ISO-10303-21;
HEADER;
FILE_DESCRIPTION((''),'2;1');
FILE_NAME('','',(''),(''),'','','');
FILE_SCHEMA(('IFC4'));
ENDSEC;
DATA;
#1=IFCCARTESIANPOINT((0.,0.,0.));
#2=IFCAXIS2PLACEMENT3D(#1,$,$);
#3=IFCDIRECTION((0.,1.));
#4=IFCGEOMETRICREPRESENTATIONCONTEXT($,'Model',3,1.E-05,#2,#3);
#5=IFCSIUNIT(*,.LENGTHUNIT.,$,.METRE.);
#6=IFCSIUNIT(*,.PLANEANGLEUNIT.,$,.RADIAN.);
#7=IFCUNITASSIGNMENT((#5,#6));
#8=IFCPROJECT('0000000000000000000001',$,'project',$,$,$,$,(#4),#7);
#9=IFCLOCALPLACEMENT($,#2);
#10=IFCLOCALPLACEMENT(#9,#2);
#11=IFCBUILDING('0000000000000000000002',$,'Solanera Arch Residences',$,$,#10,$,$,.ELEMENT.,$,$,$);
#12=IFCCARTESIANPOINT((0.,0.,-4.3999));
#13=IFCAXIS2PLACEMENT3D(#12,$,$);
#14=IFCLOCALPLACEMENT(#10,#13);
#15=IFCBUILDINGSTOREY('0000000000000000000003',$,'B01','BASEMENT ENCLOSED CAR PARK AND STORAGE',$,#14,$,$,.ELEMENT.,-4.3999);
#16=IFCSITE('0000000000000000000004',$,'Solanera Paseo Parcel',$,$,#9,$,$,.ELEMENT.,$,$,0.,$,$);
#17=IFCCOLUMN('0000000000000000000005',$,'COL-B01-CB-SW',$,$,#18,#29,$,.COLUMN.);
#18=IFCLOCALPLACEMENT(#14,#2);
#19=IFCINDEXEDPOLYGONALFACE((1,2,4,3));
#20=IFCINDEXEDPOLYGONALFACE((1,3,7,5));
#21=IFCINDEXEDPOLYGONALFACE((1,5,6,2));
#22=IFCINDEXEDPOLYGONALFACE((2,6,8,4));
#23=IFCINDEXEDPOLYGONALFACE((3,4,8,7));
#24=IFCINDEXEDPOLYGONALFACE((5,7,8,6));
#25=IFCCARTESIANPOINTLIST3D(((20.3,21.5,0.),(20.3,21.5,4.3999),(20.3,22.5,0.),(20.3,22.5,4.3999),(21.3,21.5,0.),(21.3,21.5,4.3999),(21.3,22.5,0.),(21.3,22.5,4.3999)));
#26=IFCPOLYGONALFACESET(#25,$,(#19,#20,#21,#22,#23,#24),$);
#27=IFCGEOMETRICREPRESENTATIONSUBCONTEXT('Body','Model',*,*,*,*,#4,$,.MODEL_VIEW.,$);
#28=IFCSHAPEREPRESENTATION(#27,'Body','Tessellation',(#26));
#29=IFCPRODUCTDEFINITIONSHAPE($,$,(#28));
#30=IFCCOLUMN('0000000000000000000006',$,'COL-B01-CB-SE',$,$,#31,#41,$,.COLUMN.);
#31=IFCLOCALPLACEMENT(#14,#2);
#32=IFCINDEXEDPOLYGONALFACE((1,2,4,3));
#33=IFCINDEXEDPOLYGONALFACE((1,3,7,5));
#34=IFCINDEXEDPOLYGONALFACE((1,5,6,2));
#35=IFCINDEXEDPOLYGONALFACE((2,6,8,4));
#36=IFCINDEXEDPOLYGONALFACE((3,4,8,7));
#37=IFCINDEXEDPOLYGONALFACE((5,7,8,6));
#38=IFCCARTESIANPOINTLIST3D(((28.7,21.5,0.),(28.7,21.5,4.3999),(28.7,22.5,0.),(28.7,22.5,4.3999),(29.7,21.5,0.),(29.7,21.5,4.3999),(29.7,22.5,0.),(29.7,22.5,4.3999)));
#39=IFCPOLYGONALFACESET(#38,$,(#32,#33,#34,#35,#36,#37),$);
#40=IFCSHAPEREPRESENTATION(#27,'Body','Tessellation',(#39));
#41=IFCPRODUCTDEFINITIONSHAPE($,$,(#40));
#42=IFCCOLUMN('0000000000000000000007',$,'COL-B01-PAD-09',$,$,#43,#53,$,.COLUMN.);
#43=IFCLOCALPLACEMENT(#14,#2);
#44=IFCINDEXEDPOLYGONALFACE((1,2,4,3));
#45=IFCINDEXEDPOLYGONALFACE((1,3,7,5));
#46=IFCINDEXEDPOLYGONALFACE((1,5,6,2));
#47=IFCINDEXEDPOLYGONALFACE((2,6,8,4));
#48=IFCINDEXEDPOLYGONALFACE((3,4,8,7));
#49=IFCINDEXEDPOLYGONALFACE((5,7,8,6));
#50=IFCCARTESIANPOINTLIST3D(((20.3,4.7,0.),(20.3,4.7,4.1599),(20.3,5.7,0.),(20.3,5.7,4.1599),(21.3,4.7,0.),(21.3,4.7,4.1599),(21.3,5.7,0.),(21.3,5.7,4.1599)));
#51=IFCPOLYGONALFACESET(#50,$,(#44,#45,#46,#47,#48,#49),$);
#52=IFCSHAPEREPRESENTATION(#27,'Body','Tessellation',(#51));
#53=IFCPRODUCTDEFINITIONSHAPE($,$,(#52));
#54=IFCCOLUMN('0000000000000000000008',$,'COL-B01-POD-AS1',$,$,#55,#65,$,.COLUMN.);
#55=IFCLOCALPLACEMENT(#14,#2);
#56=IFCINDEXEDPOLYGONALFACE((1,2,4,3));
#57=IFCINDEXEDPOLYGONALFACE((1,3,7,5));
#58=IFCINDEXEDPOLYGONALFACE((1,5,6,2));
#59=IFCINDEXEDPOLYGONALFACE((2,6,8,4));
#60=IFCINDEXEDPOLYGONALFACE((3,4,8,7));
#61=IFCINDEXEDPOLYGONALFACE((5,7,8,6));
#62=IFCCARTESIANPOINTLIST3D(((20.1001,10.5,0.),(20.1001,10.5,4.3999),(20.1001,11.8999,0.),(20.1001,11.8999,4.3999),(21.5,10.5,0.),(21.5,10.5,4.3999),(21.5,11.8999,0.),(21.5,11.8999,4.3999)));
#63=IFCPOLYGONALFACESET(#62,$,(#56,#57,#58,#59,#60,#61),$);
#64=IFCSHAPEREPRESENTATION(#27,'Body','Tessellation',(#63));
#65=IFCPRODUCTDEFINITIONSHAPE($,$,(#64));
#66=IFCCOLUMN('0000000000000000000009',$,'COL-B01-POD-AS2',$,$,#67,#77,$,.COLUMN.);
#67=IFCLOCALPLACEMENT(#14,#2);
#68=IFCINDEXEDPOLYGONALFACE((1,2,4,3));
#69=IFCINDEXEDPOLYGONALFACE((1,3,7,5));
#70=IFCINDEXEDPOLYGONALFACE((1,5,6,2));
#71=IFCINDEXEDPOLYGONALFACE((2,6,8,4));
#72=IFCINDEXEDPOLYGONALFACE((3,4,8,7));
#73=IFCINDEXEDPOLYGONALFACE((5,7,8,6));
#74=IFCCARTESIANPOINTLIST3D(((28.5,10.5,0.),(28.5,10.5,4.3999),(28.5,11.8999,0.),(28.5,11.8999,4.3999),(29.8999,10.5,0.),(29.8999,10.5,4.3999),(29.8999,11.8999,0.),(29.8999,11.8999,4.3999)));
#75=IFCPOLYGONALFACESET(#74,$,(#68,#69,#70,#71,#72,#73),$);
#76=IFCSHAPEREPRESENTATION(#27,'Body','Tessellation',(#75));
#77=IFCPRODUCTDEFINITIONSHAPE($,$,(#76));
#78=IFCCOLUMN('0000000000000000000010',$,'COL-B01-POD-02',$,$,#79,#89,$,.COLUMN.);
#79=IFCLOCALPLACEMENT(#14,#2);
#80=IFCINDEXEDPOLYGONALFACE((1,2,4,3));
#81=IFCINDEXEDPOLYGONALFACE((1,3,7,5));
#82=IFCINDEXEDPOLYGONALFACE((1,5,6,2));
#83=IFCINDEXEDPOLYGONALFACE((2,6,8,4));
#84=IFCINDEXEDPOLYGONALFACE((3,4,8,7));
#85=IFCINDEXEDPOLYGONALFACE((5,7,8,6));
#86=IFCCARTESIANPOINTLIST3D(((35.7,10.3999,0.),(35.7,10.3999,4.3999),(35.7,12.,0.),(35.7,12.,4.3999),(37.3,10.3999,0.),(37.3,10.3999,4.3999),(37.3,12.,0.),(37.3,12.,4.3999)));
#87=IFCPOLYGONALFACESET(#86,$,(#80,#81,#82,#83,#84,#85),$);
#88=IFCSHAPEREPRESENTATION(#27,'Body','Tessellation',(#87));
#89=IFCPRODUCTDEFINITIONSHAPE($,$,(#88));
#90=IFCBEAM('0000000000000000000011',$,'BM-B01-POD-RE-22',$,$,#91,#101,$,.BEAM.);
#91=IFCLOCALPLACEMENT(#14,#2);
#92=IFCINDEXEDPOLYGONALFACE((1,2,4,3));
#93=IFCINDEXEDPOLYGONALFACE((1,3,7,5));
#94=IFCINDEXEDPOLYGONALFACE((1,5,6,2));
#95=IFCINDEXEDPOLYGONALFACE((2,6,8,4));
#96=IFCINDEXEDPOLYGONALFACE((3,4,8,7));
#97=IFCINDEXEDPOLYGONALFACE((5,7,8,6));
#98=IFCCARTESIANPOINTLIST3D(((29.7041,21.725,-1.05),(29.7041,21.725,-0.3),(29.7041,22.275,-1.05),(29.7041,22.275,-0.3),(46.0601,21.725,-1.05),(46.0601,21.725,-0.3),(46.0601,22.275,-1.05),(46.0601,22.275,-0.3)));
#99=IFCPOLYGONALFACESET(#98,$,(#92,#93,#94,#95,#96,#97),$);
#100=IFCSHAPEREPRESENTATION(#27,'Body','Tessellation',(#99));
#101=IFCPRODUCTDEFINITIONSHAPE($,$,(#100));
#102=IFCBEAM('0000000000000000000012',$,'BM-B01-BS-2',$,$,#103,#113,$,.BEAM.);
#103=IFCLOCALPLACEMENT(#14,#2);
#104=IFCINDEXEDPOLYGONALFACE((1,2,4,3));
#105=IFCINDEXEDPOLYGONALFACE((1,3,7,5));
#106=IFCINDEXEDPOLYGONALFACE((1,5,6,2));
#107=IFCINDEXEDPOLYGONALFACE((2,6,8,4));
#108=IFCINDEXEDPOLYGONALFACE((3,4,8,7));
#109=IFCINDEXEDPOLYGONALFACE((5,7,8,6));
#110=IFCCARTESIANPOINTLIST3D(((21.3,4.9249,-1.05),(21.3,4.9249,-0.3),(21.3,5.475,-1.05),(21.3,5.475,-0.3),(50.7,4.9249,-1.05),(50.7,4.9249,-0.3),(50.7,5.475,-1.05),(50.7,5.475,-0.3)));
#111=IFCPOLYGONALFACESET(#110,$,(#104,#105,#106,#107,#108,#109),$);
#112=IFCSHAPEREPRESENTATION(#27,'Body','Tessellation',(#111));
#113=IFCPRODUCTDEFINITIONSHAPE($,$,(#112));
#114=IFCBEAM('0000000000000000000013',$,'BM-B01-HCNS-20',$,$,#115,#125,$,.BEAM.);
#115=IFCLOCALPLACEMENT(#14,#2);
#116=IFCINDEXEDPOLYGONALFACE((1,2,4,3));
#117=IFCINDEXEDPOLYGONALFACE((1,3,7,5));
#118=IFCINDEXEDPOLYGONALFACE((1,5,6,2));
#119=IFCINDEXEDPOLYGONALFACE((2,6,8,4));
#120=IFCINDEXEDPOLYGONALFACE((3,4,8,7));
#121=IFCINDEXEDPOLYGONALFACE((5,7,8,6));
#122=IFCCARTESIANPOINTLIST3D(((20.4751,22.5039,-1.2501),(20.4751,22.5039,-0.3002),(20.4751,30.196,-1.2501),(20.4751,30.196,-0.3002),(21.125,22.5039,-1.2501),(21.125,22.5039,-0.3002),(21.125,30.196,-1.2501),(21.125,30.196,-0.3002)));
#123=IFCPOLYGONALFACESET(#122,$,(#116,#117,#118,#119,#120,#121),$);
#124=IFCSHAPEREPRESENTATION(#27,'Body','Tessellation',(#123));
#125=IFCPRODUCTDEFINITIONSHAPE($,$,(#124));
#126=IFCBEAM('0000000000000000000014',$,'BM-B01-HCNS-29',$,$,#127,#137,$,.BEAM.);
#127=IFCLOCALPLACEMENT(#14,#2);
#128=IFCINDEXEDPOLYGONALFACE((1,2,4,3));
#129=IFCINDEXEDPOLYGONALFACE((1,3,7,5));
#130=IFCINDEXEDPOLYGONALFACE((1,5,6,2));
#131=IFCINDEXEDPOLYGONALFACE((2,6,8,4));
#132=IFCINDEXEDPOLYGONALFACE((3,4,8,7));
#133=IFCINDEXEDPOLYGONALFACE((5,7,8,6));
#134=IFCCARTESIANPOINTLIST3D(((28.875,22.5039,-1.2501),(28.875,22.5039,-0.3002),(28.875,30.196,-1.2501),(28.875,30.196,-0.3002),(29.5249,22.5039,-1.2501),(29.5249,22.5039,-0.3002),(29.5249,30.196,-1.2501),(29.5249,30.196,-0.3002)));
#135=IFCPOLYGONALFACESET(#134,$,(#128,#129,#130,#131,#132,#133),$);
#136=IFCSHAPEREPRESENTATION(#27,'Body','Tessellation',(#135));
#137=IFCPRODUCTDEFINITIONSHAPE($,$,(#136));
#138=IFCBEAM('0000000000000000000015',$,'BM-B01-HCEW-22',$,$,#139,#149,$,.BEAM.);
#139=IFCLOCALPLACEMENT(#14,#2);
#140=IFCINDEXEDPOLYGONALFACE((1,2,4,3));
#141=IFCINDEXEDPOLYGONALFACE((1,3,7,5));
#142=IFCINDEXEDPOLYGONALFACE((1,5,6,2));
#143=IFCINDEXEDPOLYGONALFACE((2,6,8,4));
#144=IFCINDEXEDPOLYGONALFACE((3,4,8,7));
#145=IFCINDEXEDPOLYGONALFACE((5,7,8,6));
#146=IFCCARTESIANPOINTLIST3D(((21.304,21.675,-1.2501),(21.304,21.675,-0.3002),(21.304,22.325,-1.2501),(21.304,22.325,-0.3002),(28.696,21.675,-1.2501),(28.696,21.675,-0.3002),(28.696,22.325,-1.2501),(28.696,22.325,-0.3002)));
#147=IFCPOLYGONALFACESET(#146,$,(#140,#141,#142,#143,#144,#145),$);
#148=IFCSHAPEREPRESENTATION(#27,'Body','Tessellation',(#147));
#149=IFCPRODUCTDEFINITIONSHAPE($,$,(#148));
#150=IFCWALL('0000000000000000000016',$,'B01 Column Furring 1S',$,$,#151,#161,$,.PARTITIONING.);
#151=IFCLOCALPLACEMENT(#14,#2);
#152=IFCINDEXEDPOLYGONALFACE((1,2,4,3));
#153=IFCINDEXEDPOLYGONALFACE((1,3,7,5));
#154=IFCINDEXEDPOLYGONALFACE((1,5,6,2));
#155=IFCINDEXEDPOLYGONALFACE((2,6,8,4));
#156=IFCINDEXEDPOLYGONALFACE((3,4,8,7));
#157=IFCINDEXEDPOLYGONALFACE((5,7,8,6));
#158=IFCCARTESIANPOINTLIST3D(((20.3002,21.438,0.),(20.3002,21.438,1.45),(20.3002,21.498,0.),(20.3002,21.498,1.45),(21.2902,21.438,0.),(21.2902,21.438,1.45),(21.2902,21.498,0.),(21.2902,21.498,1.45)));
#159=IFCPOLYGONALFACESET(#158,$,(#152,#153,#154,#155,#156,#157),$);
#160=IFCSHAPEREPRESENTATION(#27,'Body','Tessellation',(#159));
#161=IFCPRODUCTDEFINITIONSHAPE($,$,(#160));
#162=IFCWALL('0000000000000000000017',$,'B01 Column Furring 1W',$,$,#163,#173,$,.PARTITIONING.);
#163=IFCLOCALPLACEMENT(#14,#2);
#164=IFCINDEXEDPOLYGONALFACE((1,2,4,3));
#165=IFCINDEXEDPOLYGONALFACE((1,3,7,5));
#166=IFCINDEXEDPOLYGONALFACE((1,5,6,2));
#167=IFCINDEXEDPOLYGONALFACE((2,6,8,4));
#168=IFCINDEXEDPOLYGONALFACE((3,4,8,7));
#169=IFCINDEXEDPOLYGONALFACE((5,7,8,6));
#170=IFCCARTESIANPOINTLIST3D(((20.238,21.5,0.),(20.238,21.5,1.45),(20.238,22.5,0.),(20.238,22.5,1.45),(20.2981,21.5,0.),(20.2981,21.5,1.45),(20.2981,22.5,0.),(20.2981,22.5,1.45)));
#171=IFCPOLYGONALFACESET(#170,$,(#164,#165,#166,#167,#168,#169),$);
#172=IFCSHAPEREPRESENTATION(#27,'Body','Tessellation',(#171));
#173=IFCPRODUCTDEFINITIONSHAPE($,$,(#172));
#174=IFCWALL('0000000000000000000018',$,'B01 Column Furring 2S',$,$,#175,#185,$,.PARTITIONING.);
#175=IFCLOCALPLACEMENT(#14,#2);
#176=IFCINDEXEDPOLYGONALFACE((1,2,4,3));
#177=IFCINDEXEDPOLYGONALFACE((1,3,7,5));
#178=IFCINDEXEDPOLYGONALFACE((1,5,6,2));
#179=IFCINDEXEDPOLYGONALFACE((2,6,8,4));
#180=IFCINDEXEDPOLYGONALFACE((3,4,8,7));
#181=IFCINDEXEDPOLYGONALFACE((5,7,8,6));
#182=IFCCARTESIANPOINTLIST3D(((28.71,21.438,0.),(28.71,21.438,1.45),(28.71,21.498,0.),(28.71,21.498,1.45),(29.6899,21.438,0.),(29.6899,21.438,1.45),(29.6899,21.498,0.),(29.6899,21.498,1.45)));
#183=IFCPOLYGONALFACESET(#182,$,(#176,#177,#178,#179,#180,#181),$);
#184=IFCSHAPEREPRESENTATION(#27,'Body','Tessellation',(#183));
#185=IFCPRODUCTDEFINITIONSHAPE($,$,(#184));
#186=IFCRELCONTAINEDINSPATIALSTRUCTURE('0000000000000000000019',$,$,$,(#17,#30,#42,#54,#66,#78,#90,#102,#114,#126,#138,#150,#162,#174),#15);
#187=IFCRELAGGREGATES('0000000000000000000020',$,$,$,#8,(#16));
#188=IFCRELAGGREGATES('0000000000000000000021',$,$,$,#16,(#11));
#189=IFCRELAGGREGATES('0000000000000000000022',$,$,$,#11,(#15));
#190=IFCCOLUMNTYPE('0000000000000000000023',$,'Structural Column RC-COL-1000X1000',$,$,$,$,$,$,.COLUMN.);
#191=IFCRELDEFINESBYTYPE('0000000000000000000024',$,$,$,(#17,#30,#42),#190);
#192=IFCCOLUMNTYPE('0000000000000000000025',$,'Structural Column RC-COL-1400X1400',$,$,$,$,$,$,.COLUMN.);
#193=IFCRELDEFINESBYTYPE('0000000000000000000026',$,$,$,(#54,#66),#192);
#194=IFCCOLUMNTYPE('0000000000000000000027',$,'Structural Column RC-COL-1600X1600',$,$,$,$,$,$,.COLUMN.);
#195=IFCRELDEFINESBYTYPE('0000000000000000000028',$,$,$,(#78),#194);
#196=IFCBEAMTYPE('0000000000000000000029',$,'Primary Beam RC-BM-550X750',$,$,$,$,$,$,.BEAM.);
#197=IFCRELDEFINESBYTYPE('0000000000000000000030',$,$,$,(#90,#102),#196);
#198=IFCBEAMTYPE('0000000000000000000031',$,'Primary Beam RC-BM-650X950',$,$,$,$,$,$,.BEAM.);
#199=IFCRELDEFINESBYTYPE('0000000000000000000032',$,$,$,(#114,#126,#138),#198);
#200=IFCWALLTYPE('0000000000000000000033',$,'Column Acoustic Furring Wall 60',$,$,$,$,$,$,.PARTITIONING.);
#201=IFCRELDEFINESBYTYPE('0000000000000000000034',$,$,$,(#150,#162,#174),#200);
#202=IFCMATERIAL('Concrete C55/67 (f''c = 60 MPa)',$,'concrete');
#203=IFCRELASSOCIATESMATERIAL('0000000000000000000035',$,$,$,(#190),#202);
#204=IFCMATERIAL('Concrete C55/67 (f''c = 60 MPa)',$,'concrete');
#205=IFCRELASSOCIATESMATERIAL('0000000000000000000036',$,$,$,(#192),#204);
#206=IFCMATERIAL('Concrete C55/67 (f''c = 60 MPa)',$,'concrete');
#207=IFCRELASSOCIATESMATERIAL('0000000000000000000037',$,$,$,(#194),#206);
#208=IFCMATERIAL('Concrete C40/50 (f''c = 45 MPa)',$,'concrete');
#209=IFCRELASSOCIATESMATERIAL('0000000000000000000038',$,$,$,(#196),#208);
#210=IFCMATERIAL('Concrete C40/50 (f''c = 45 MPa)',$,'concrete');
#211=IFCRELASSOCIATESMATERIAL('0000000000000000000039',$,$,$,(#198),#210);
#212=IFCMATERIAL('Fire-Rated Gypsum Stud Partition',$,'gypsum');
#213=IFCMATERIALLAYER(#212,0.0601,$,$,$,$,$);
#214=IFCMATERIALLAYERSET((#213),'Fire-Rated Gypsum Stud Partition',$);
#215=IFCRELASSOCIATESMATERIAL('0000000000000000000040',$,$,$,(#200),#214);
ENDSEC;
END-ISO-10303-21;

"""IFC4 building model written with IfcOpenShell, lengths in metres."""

from ifc_helpers import new_model, si_unit, direction, frame, frame_2d, origin, origin_2d, place, context, subcontext, project, spatial, rectangle, extrude, material, layer, layer_set, material_profile, profile_set, type_object, element, save


model = new_model("IFC4")

# Units and contexts
model_context = context("Model", 3, precision=1e-05, world=origin(), true_north=direction((0.0, 1.0)))
body_context = subcontext(model_context, "Body", "Model", "MODEL_VIEW")
ifc_project = project(units=[si_unit("LENGTHUNIT", "METRE"), si_unit("PLANEANGLEUNIT", "RADIAN")], contexts=[model_context])

# Site, building, storey
site_placement = place(None, origin())
site = spatial("IfcSite", under=ifc_project, at=site_placement, Name="Solanera Paseo Parcel", CompositionType="ELEMENT", RefElevation=0.0)
building_placement = place(site_placement, origin())
building = spatial("IfcBuilding", under=site, at=building_placement, Name="Solanera Arch Residences", CompositionType="ELEMENT")
storey_placement = place(building_placement, frame((0.0, 0.0, -4.3999)))
storey = spatial("IfcBuildingStorey", under=building, at=storey_placement, Name="B01", Description="BASEMENT ENCLOSED CAR PARK AND STORAGE", CompositionType="ELEMENT", Elevation=-4.3999)

# Columns
ifc_material_1 = material(Name="Concrete C55/67 (f'c = 60 MPa)", Category="concrete")
ifc_material_profile_1 = material_profile(ifc_material_1, rectangle(XDim=1.0, YDim=1.0, at=origin_2d()))
ifc_profile_set_1 = profile_set([ifc_material_profile_1], Name="Concrete C55/67 (f'c = 60 MPa)")
column_type_1 = type_object("IfcColumnType", Name="Structural Column RC-COL-1000X1000", PredefinedType="COLUMN", material=ifc_profile_set_1)
for number, where, z_axis, x_axis, name in (
    (1, (20.8, 22.0, 0.0), (0.0, 0.0, 1.0), (1.0, 0.0, 0.0), "COL-B01-CB-SW"),
    (2, (29.2, 22.0, 0.0), (0.0, 0.0, 1.0), (1.0, 0.0, 0.0), "COL-B01-CB-SE"),
):
    element("IfcColumn", number, at=place(storey_placement, frame(where, z_axis=z_axis, x_axis=x_axis)), inside=storey, type_object=column_type_1, Name=name, PredefinedType="COLUMN", context=body_context, shape_type="SweptSolid", body=[
        extrude(rectangle(XDim=1.0, YDim=1.0, at=origin_2d()), origin(), (0.0, 0.0, 1.0), 4.3999),
    ])
column_1_placement = place(storey_placement, frame((20.8, 5.2, 0.0), z_axis=(0.0, 0.0, 1.0), x_axis=(1.0, 0.0, 0.0)))
element("IfcColumn", 3, at=column_1_placement, inside=storey, type_object=column_type_1, Name="COL-B01-PAD-09", PredefinedType="COLUMN", context=body_context, shape_type="SweptSolid", body=[
    extrude(rectangle(XDim=1.0, YDim=1.0, at=origin_2d()), origin(), (0.0, 0.0, 1.0), 4.1599),
])
ifc_material_2 = material(Name="Concrete C55/67 (f'c = 60 MPa)", Category="concrete")
ifc_material_profile_2 = material_profile(ifc_material_2, rectangle(XDim=1.3999, YDim=1.3999, at=origin_2d()))
ifc_profile_set_2 = profile_set([ifc_material_profile_2], Name="Concrete C55/67 (f'c = 60 MPa)")
column_type_2 = type_object("IfcColumnType", Name="Structural Column RC-COL-1400X1400", PredefinedType="COLUMN", material=ifc_profile_set_2)
for number, where, z_axis, x_axis, name in (
    (4, (20.8, 11.2, 0.0), (0.0, 0.0, 1.0), (1.0, 0.0, 0.0), "COL-B01-POD-AS1"),
    (5, (29.2, 11.2, 0.0), (0.0, 0.0, 1.0), (1.0, 0.0, 0.0), "COL-B01-POD-AS2"),
):
    element("IfcColumn", number, at=place(storey_placement, frame(where, z_axis=z_axis, x_axis=x_axis)), inside=storey, type_object=column_type_2, Name=name, PredefinedType="COLUMN", context=body_context, shape_type="SweptSolid", body=[
        extrude(rectangle(XDim=1.3999, YDim=1.3999, at=origin_2d()), origin(), (0.0, 0.0, 1.0), 4.3999),
    ])
ifc_material_3 = material(Name="Concrete C55/67 (f'c = 60 MPa)", Category="concrete")
ifc_material_profile_3 = material_profile(ifc_material_3, rectangle(XDim=1.6001, YDim=1.6001, at=origin_2d()))
ifc_profile_set_3 = profile_set([ifc_material_profile_3], Name="Concrete C55/67 (f'c = 60 MPa)")
column_type_3 = type_object("IfcColumnType", Name="Structural Column RC-COL-1600X1600", PredefinedType="COLUMN", material=ifc_profile_set_3)
column_2_placement = place(storey_placement, frame((36.5, 11.2, 0.0), z_axis=(0.0, 0.0, 1.0), x_axis=(1.0, 0.0, 0.0)))
element("IfcColumn", 6, at=column_2_placement, inside=storey, type_object=column_type_3, Name="COL-B01-POD-02", PredefinedType="COLUMN", context=body_context, shape_type="SweptSolid", body=[
    extrude(rectangle(XDim=1.6001, YDim=1.6001, at=origin_2d()), origin(), (0.0, 0.0, 1.0), 4.3999),
])

# Beams
ifc_material_4 = material(Name="Concrete C40/50 (f'c = 45 MPa)", Category="concrete")
ifc_material_profile_4 = material_profile(ifc_material_4, rectangle(XDim=0.55, YDim=0.75, at=origin_2d()))
ifc_profile_set_4 = profile_set([ifc_material_profile_4], Name="Concrete C40/50 (f'c = 45 MPa)")
beam_type_1 = type_object("IfcBeamType", Name="Primary Beam RC-BM-550X750", PredefinedType="BEAM", material=ifc_profile_set_4)
beam_1_placement = place(storey_placement, frame((29.7041, 22.0, -0.675), z_axis=(1.0, 0.0, 0.0), x_axis=(0.0, 1.0, 0.0)))
element("IfcBeam", 7, at=beam_1_placement, inside=storey, type_object=beam_type_1, Name="BM-B01-POD-RE-22", PredefinedType="BEAM", context=body_context, shape_type="SweptSolid", body=[
    extrude(rectangle(XDim=0.55, YDim=0.75, at=origin_2d()), origin(), (0.0, 0.0, 1.0), 16.356),
])
beam_2_placement = place(storey_placement, frame((21.3, 5.2, -0.675), z_axis=(1.0, 0.0, 0.0), x_axis=(0.0, 1.0, 0.0)))
element("IfcBeam", 8, at=beam_2_placement, inside=storey, type_object=beam_type_1, Name="BM-B01-BS-2", PredefinedType="BEAM", context=body_context, shape_type="SweptSolid", body=[
    extrude(rectangle(XDim=0.55, YDim=0.75, at=origin_2d()), origin(), (0.0, 0.0, 1.0), 29.3999),
])
ifc_material_5 = material(Name="Concrete C40/50 (f'c = 45 MPa)", Category="concrete")
ifc_material_profile_5 = material_profile(ifc_material_5, rectangle(XDim=0.6499, YDim=0.95, at=origin_2d()))
ifc_profile_set_5 = profile_set([ifc_material_profile_5], Name="Concrete C40/50 (f'c = 45 MPa)")
beam_type_2 = type_object("IfcBeamType", Name="Primary Beam RC-BM-650X950", PredefinedType="BEAM", material=ifc_profile_set_5)
for number, where, z_axis, x_axis, name in (
    (9, (20.8, 22.5039, -0.7751), (0.0, 1.0, 0.0), (-1.0, 0.0, 0.0), "BM-B01-HCNS-20"),
    (10, (29.2, 22.5039, -0.7751), (0.0, 1.0, 0.0), (-1.0, 0.0, 0.0), "BM-B01-HCNS-29"),
):
    element("IfcBeam", number, at=place(storey_placement, frame(where, z_axis=z_axis, x_axis=x_axis)), inside=storey, type_object=beam_type_2, Name=name, PredefinedType="BEAM", context=body_context, shape_type="SweptSolid", body=[
        extrude(rectangle(XDim=0.6499, YDim=0.95, at=origin_2d()), origin(), (0.0, 0.0, 1.0), 7.6921),
    ])
beam_3_placement = place(storey_placement, frame((21.304, 22.0, -0.7751), z_axis=(1.0, 0.0, 0.0), x_axis=(0.0, 1.0, 0.0)))
element("IfcBeam", 11, at=beam_3_placement, inside=storey, type_object=beam_type_2, Name="BM-B01-HCEW-22", PredefinedType="BEAM", context=body_context, shape_type="SweptSolid", body=[
    extrude(rectangle(XDim=0.6499, YDim=0.95, at=origin_2d()), origin(), (0.0, 0.0, 1.0), 7.3921),
])

# Walls
ifc_material_6 = material(Name="Fire-Rated Gypsum Stud Partition", Category="gypsum")
ifc_layer_1 = layer(ifc_material_6, 0.0601)
ifc_layer_set_1 = layer_set([ifc_layer_1], Name="Fire-Rated Gypsum Stud Partition")
wall_type_1 = type_object("IfcWallType", Name="Column Acoustic Furring Wall 60", PredefinedType="PARTITIONING", material=ifc_layer_set_1)
wall_1_placement = place(storey_placement, frame((20.3, 21.468, 0.0), z_axis=(0.0, 0.0, 1.0), x_axis=(1.0, 0.0, 0.0)))
element("IfcWall", 12, at=wall_1_placement, inside=storey, type_object=wall_type_1, Name="B01 Column Furring 1S", PredefinedType="PARTITIONING", context=body_context, shape_type="SweptSolid", body=[
    extrude(rectangle(XDim=0.99, YDim=0.0601, at=frame_2d((0.4951, 0.0))), origin(), (0.0, 0.0, 1.0), 1.45),
])
wall_2_placement = place(storey_placement, frame((20.2681, 21.5, 0.0), z_axis=(0.0, 0.0, 1.0), x_axis=(0.0, 1.0, 0.0)))
element("IfcWall", 13, at=wall_2_placement, inside=storey, type_object=wall_type_1, Name="B01 Column Furring 1W", PredefinedType="PARTITIONING", context=body_context, shape_type="SweptSolid", body=[
    extrude(rectangle(XDim=1.0, YDim=0.0601, at=frame_2d((0.5, 0.0))), origin(), (0.0, 0.0, 1.0), 1.45),
])
wall_3_placement = place(storey_placement, frame((28.71, 21.468, 0.0), z_axis=(0.0, 0.0, 1.0), x_axis=(1.0, 0.0, 0.0)))
element("IfcWall", 14, at=wall_3_placement, inside=storey, type_object=wall_type_1, Name="B01 Column Furring 2S", PredefinedType="PARTITIONING", context=body_context, shape_type="SweptSolid", body=[
    extrude(rectangle(XDim=0.98, YDim=0.0601, at=frame_2d((0.49, 0.0))), origin(), (0.0, 0.0, 1.0), 1.45),
])

save(model, "model.ifc")
